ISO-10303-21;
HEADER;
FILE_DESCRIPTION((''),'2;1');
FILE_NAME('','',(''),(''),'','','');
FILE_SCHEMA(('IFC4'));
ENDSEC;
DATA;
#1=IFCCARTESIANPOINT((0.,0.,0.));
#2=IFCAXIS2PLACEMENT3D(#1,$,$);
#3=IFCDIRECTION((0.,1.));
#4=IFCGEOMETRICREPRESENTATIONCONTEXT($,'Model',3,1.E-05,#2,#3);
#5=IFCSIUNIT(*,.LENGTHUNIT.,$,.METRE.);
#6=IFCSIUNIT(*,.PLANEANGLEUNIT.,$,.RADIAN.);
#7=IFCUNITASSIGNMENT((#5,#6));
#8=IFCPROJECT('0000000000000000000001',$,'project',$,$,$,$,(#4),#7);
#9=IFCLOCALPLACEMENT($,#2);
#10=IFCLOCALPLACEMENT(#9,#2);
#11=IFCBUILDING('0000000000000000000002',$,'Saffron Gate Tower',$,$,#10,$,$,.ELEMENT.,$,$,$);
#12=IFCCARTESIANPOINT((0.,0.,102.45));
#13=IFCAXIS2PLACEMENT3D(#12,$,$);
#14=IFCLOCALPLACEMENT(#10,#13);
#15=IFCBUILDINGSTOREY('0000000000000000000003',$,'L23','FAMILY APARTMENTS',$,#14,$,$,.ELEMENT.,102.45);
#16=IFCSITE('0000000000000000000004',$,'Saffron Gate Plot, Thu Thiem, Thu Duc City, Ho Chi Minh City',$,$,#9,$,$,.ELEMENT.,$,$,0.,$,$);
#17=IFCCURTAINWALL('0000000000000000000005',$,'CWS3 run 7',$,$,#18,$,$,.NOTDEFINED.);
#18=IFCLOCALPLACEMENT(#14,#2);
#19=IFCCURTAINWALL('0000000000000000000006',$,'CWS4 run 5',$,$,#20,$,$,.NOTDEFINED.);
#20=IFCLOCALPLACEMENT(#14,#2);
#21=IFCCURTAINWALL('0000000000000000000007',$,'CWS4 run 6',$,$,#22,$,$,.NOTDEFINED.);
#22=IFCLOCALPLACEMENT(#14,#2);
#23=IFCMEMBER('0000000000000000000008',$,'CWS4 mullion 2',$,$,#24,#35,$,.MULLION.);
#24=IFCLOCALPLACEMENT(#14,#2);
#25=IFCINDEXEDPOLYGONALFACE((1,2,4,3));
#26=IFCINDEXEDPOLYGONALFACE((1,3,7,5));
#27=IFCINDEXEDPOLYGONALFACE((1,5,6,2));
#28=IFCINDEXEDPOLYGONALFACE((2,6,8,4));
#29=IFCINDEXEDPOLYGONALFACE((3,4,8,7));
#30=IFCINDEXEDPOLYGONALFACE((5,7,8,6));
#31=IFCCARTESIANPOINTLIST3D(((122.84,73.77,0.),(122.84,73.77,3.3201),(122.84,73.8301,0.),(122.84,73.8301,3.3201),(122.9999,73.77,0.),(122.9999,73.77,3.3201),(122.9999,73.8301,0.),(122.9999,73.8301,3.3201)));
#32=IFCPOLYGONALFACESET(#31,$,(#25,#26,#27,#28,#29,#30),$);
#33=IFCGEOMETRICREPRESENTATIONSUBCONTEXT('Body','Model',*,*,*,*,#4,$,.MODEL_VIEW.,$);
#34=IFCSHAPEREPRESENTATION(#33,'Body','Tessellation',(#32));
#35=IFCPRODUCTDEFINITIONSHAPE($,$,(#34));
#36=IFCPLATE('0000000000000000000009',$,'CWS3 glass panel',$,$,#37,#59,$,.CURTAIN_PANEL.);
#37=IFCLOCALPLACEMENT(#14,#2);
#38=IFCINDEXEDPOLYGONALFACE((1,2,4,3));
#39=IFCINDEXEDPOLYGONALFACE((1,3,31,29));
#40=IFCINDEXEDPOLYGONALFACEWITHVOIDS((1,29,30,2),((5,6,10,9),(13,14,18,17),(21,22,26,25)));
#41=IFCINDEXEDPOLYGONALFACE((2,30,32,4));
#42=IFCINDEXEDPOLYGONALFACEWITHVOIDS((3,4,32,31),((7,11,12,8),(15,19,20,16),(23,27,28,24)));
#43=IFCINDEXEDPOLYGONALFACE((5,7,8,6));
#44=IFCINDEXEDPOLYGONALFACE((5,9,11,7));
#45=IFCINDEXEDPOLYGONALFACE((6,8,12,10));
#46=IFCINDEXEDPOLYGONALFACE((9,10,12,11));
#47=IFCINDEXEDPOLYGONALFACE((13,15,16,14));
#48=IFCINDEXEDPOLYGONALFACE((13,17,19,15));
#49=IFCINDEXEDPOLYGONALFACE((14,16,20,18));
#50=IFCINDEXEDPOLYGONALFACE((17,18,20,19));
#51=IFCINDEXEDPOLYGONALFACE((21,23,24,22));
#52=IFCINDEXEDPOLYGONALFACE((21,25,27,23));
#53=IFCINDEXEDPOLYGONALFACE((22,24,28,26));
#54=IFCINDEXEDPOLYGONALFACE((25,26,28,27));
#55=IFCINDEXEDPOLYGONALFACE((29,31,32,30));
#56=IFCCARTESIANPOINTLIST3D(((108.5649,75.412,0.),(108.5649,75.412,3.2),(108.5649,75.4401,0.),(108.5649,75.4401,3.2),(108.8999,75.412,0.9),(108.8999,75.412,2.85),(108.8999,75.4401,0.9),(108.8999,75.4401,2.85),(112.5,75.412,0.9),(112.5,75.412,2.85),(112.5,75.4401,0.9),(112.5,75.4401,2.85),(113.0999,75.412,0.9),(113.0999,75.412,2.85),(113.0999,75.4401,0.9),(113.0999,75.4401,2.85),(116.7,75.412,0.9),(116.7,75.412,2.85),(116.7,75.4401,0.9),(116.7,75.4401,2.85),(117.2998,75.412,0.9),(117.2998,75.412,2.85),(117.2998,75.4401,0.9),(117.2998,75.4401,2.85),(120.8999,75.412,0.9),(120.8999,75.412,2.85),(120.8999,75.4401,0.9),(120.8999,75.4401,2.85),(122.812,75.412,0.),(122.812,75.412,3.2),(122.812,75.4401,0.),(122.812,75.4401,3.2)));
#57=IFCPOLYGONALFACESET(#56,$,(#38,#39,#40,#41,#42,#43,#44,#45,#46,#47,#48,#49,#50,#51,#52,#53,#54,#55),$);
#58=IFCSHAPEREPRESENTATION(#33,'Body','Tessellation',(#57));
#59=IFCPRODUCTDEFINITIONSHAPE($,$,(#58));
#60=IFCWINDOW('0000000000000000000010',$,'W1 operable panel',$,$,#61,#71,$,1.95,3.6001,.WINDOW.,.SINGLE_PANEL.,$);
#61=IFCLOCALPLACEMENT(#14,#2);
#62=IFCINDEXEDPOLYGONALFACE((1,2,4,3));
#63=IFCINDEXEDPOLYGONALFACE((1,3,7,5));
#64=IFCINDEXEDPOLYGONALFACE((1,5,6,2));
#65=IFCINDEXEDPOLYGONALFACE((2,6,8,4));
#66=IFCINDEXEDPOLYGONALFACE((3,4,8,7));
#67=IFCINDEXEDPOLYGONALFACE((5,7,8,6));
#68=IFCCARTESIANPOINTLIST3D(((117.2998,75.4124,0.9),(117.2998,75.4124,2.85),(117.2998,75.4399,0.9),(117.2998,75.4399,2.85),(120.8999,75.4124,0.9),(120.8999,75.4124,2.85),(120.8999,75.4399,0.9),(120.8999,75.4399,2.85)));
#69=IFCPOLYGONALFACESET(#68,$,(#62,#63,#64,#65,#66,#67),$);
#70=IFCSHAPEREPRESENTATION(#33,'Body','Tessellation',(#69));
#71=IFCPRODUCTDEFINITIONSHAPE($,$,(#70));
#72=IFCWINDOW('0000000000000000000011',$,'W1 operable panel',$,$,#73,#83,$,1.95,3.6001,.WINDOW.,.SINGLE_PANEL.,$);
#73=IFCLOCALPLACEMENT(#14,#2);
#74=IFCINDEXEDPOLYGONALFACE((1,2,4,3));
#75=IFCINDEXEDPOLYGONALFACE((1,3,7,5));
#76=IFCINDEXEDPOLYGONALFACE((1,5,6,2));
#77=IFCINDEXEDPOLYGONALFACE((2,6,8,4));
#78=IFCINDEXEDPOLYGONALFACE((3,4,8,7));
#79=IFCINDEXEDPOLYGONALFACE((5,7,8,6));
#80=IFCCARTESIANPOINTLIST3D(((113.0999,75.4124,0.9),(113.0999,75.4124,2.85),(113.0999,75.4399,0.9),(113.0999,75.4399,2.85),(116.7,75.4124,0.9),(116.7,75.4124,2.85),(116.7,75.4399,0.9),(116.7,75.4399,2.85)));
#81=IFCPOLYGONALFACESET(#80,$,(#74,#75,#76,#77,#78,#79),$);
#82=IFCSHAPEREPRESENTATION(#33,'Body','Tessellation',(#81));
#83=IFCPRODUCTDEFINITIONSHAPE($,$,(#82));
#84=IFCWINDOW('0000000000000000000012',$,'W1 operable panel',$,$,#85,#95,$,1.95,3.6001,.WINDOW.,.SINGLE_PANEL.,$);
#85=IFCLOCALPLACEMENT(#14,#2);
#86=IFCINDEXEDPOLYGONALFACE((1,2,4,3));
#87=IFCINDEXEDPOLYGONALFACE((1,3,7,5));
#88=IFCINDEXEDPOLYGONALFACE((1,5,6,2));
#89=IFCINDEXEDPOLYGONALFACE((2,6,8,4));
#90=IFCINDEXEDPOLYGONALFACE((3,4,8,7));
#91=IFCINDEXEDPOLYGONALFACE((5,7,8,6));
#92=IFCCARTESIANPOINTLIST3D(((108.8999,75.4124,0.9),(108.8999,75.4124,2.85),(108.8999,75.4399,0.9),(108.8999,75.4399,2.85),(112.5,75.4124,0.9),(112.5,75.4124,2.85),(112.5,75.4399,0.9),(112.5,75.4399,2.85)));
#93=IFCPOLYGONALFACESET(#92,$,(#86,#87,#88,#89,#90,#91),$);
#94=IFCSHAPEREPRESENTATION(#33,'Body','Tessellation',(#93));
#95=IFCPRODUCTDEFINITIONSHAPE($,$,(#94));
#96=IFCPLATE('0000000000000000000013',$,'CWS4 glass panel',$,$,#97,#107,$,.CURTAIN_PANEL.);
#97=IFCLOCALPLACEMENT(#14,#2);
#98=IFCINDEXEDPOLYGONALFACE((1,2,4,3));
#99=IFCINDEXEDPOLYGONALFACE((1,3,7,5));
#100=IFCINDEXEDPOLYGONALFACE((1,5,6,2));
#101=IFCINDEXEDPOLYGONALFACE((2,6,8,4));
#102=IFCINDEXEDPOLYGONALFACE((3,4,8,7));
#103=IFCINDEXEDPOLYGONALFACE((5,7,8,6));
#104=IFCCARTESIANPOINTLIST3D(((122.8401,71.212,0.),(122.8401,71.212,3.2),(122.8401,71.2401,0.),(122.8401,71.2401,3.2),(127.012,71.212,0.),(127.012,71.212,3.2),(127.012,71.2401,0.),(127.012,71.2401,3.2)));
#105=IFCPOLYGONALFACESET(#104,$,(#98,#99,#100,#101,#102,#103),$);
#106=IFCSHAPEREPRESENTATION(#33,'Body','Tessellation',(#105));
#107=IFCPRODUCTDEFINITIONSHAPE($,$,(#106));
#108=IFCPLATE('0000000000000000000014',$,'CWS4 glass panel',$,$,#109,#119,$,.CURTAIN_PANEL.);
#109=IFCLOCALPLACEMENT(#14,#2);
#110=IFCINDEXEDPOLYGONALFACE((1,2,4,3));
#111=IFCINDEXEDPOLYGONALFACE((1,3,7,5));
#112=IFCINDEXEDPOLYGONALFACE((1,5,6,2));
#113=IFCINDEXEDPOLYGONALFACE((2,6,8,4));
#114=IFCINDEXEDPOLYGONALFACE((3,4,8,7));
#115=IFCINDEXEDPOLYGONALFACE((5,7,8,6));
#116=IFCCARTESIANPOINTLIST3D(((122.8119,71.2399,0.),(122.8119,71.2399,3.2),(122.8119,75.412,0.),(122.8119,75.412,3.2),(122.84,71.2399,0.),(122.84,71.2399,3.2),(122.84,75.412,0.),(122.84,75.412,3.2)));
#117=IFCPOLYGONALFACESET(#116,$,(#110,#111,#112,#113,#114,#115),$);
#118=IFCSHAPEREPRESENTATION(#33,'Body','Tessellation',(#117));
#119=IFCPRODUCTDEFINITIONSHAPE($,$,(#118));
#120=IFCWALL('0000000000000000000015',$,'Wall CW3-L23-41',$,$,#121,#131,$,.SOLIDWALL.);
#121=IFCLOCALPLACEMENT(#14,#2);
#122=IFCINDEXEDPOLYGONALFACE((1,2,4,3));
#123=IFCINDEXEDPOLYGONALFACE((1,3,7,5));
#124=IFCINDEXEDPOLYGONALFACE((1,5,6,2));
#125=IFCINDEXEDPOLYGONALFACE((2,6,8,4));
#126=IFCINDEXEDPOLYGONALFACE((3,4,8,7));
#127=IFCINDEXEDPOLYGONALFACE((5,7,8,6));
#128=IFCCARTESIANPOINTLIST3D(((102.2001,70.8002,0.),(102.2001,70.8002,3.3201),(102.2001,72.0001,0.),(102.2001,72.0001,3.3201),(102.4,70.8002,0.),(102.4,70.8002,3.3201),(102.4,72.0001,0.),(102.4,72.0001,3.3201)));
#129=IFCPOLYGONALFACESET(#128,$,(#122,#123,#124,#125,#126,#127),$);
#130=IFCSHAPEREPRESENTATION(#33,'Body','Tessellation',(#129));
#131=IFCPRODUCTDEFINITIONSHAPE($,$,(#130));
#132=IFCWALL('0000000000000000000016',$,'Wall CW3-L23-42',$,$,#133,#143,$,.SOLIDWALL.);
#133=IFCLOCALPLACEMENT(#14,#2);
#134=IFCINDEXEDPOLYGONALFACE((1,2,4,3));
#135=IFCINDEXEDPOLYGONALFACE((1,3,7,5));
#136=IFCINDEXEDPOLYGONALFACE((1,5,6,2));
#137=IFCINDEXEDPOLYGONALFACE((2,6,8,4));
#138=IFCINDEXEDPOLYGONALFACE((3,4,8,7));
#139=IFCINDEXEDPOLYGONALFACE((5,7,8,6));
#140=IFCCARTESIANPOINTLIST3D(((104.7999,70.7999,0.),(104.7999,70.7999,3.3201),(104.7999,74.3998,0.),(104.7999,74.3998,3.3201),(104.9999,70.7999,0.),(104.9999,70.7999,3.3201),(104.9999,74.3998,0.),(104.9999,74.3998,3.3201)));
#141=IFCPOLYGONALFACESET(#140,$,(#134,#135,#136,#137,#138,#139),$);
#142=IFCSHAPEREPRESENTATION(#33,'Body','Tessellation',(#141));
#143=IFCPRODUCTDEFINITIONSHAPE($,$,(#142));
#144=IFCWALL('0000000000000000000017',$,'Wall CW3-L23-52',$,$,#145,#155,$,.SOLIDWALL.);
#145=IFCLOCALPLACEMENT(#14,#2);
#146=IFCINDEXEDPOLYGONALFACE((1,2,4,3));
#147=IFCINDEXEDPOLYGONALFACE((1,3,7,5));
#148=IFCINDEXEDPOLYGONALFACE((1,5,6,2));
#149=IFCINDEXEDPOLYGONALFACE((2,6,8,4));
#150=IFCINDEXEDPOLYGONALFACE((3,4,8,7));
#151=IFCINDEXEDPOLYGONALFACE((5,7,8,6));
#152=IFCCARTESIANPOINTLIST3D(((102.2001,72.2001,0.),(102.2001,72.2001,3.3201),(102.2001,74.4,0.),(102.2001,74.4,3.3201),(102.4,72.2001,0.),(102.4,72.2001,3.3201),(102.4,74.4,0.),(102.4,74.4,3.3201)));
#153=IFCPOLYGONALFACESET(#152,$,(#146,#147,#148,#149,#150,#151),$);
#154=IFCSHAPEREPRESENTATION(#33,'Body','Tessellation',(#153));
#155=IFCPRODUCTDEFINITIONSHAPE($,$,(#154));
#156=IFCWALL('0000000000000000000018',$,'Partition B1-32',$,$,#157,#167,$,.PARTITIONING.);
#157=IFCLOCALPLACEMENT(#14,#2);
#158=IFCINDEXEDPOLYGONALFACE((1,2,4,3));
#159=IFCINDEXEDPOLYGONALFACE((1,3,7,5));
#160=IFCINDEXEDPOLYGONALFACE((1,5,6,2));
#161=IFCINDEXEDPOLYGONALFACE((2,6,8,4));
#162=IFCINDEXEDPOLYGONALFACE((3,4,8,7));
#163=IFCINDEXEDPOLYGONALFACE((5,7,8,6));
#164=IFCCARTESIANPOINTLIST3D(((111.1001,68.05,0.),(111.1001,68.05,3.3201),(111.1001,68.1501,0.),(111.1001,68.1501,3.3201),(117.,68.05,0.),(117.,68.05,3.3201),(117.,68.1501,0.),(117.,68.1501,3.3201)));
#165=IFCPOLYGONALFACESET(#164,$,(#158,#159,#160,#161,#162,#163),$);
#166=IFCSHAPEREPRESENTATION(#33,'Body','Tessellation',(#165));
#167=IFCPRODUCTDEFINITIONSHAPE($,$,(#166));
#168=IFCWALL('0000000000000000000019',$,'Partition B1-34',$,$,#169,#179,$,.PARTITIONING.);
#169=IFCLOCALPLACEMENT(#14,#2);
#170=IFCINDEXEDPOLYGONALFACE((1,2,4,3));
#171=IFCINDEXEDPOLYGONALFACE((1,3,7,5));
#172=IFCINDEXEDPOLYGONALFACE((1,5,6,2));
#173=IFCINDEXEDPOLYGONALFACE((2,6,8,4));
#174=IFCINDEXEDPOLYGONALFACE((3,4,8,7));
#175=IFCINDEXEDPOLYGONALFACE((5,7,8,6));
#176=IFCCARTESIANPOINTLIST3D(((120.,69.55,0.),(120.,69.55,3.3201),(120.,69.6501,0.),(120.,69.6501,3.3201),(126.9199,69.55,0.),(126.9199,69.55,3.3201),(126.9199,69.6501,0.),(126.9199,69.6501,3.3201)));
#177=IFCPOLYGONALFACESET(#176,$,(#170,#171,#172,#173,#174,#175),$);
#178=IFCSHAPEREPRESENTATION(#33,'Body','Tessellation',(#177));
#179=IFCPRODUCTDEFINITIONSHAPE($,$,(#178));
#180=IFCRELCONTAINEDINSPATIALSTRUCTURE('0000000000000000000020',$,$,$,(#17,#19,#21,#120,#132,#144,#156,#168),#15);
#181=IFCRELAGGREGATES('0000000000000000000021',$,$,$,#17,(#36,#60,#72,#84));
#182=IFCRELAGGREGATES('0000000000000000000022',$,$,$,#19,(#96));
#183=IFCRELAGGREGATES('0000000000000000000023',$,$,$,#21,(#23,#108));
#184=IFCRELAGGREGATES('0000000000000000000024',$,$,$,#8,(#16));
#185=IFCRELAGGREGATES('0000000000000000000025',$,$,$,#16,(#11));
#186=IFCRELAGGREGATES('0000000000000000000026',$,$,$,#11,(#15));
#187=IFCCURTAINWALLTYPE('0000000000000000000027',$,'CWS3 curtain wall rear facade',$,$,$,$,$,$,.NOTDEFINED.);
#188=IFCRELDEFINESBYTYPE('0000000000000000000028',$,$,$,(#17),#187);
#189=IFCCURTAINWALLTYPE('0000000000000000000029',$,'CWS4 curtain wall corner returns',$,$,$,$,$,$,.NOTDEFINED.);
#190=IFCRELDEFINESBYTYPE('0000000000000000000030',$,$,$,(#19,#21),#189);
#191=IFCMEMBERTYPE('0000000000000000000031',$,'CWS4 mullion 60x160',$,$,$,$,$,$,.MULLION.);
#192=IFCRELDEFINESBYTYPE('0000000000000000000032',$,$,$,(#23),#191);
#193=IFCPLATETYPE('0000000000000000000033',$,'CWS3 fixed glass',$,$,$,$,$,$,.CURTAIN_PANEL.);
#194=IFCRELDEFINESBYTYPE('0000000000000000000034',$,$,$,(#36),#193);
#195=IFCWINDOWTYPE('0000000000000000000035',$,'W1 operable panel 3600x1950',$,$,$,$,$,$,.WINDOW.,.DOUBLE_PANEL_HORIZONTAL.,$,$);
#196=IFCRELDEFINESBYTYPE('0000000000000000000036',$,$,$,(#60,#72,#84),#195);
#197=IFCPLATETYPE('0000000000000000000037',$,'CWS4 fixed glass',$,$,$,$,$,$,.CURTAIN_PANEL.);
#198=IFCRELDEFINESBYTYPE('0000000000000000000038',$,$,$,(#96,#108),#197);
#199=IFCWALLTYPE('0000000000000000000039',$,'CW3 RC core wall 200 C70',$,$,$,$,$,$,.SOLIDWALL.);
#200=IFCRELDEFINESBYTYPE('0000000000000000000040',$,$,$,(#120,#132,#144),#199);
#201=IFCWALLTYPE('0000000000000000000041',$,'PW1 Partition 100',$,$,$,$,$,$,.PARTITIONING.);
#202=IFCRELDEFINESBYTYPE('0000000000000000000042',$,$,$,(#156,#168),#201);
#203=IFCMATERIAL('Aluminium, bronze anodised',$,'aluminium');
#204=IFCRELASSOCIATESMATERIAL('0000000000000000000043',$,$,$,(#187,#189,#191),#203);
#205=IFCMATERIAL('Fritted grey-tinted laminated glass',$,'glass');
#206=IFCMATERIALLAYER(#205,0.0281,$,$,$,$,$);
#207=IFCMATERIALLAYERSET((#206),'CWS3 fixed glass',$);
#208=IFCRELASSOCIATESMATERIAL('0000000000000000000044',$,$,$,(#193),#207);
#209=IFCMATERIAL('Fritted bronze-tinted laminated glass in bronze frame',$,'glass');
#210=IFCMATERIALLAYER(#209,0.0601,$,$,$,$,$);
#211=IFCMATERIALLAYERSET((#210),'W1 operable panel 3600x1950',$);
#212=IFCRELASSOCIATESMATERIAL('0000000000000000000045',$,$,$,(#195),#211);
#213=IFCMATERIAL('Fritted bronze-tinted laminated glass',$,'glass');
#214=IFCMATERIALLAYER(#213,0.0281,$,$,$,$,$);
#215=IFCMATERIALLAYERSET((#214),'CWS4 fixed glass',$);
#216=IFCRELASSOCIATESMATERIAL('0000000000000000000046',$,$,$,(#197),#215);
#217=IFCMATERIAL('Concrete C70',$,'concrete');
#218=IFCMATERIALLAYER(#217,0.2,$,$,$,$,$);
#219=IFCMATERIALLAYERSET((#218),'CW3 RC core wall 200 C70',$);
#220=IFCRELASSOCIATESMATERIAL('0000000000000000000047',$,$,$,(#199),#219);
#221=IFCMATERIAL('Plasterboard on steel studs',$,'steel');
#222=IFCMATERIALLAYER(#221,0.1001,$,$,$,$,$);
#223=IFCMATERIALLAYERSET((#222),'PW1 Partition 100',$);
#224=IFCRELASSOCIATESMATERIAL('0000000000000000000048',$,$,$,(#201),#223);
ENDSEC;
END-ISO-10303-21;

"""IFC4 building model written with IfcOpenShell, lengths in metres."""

from ifc_helpers import new_model, si_unit, direction, frame, frame_2d, origin, origin_2d, place, context, subcontext, project, spatial, rectangle, extrude, material, layer, layer_set, material_profile, profile_set, type_object, element, fill, aggregate, save


model = new_model("IFC4")

# Units and contexts
model_context = context("Model", 3, precision=1e-05, world=origin(), true_north=direction((0.0, 1.0)))
body_context = subcontext(model_context, "Body", "Model", "MODEL_VIEW")
ifc_project = project(units=[si_unit("LENGTHUNIT", "METRE"), si_unit("PLANEANGLEUNIT", "RADIAN")], contexts=[model_context])

# Site, building, storey
site_placement = place(None, origin())
site = spatial("IfcSite", under=ifc_project, at=site_placement, Name="Saffron Gate Plot, Thu Thiem, Thu Duc City, Ho Chi Minh City", CompositionType="ELEMENT", RefElevation=0.0)
building_placement = place(site_placement, origin())
building = spatial("IfcBuilding", under=site, at=building_placement, Name="Saffron Gate Tower", CompositionType="ELEMENT")
storey_placement = place(building_placement, frame((0.0, 0.0, 102.45)))
storey = spatial("IfcBuildingStorey", under=building, at=storey_placement, Name="L23", Description="FAMILY APARTMENTS", CompositionType="ELEMENT", Elevation=102.45)

# Curtain wall
ifc_material_1 = material(Name="Aluminium, bronze anodised", Category="aluminium")
curtain_wall_type_1 = type_object("IfcCurtainWallType", Name="CWS3 curtain wall rear facade", PredefinedType="NOTDEFINED", material=ifc_material_1)
curtain_wall_1_placement = place(storey_placement, origin())
curtain_wall_1 = element("IfcCurtainWall", 1, at=curtain_wall_1_placement, inside=storey, type_object=curtain_wall_type_1, Name="CWS3 run 7", PredefinedType="NOTDEFINED")

# Curtain walls
curtain_wall_type_2 = type_object("IfcCurtainWallType", Name="CWS4 curtain wall corner returns", PredefinedType="NOTDEFINED", material=ifc_material_1)
curtain_wall_2_placement = place(storey_placement, origin())
curtain_wall_2 = element("IfcCurtainWall", 2, at=curtain_wall_2_placement, inside=storey, type_object=curtain_wall_type_2, Name="CWS4 run 5", PredefinedType="NOTDEFINED")
curtain_wall_3_placement = place(storey_placement, origin())
curtain_wall_3 = element("IfcCurtainWall", 3, at=curtain_wall_3_placement, inside=storey, type_object=curtain_wall_type_2, Name="CWS4 run 6", PredefinedType="NOTDEFINED")

# Member
ifc_material_profile_1 = material_profile(ifc_material_1, rectangle(XDim=0.1599, YDim=0.0601, at=origin_2d()))
ifc_profile_set_1 = profile_set([ifc_material_profile_1], Name="Aluminium, bronze anodised")
member_type_1 = type_object("IfcMemberType", Name="CWS4 mullion 60x160", PredefinedType="MULLION", material=ifc_profile_set_1)
member_1_placement = place(storey_placement, frame((122.9199, 73.8, 0.0), z_axis=(0.0, 0.0, 1.0), x_axis=(-1.0, 0.0, 0.0)))
member_1 = element("IfcMember", 4, at=member_1_placement, type_object=member_type_1, Name="CWS4 mullion 2", PredefinedType="MULLION", context=body_context, shape_type="SweptSolid", body=[
    extrude(rectangle(XDim=0.1599, YDim=0.0601, at=origin_2d()), origin(), (0.0, 0.0, 1.0), 3.3201),
])

# Plate, openings, windows
ifc_material_2 = material(Name="Fritted grey-tinted laminated glass", Category="glass")
ifc_layer_1 = layer(ifc_material_2, 0.0281)
ifc_layer_set_1 = layer_set([ifc_layer_1], Name="CWS3 fixed glass")
plate_type_1 = type_object("IfcPlateType", Name="CWS3 fixed glass", PredefinedType="CURTAIN_PANEL", material=ifc_layer_set_1)
plate_1_placement = place(storey_placement, frame((122.812, 75.426, 0.0), z_axis=(0.0, 0.0, 1.0), x_axis=(-1.0, 0.0, 0.0)))
plate_1 = element("IfcPlate", 5, at=plate_1_placement, type_object=plate_type_1, Name="CWS3 glass panel", PredefinedType="CURTAIN_PANEL", context=body_context, shape_type="SweptSolid", body=[
    extrude(rectangle(XDim=14.2471, YDim=0.0281, at=frame_2d((7.1235, 0.0))), origin(), (0.0, 0.0, 1.0), 3.2),
])
opening_1_placement = place(plate_1_placement, frame((1.9121, 0.0, 0.8999)))
opening_1 = element("IfcOpeningElement", 6, at=opening_1_placement, cuts=plate_1, PredefinedType="OPENING", context=body_context, shape_type="SweptSolid", body=[
    extrude(rectangle(XDim=3.6001, YDim=1.95, at=frame_2d((1.8, 0.9751))), frame((0.0, 0.0239, 0.0), z_axis=(0.0, -1.0, 0.0), x_axis=(1.0, 0.0, 0.0)), (0.0, 0.0, 1.0), 0.0481),
])
opening_2_placement = place(plate_1_placement, frame((6.1121, 0.0, 0.8999)))
opening_2 = element("IfcOpeningElement", 7, at=opening_2_placement, cuts=plate_1, PredefinedType="OPENING", context=body_context, shape_type="SweptSolid", body=[
    extrude(rectangle(XDim=3.6001, YDim=1.95, at=frame_2d((1.8, 0.9751))), frame((0.0, 0.0239, 0.0), z_axis=(0.0, -1.0, 0.0), x_axis=(1.0, 0.0, 0.0)), (0.0, 0.0, 1.0), 0.0481),
])
opening_3_placement = place(plate_1_placement, frame((10.312, 0.0, 0.8999)))
opening_3 = element("IfcOpeningElement", 8, at=opening_3_placement, cuts=plate_1, PredefinedType="OPENING", context=body_context, shape_type="SweptSolid", body=[
    extrude(rectangle(XDim=3.6001, YDim=1.95, at=frame_2d((1.8, 0.9751))), frame((0.0, 0.0239, 0.0), z_axis=(0.0, -1.0, 0.0), x_axis=(1.0, 0.0, 0.0)), (0.0, 0.0, 1.0), 0.0481),
])
ifc_material_3 = material(Name="Fritted bronze-tinted laminated glass in bronze frame", Category="glass")
ifc_layer_2 = layer(ifc_material_3, 0.0601)
ifc_layer_set_2 = layer_set([ifc_layer_2], Name="W1 operable panel 3600x1950")
window_type = type_object("IfcWindowType", Name="W1 operable panel 3600x1950", PartitioningType="DOUBLE_PANEL_HORIZONTAL", PredefinedType="WINDOW", material=ifc_layer_set_2)
window_1_placement = place(opening_1_placement, origin())
window_1 = element("IfcWindow", 9, at=window_1_placement, type_object=window_type, Name="W1 operable panel", OverallHeight=1.95, OverallWidth=3.6001, PartitioningType="SINGLE_PANEL", PredefinedType="WINDOW", context=body_context, shape_type="SweptSolid", body=[
    extrude(rectangle(XDim=3.6001, YDim=1.95, at=frame_2d((1.8, 0.9751))), frame((0.0, 0.0137, 0.0), z_axis=(0.0, -1.0, 0.0), x_axis=(1.0, 0.0, 0.0)), (0.0, 0.0, 1.0), 0.0276),
])
fill(opening_1, window_1)
window_2_placement = place(opening_2_placement, origin())
window_2 = element("IfcWindow", 10, at=window_2_placement, type_object=window_type, Name="W1 operable panel", OverallHeight=1.95, OverallWidth=3.6001, PartitioningType="SINGLE_PANEL", PredefinedType="WINDOW", context=body_context, shape_type="SweptSolid", body=[
    extrude(rectangle(XDim=3.6001, YDim=1.95, at=frame_2d((1.8, 0.9751))), frame((0.0, 0.0137, 0.0), z_axis=(0.0, -1.0, 0.0), x_axis=(1.0, 0.0, 0.0)), (0.0, 0.0, 1.0), 0.0276),
])
fill(opening_2, window_2)
window_3_placement = place(opening_3_placement, origin())
window_3 = element("IfcWindow", 11, at=window_3_placement, type_object=window_type, Name="W1 operable panel", OverallHeight=1.95, OverallWidth=3.6001, PartitioningType="SINGLE_PANEL", PredefinedType="WINDOW", context=body_context, shape_type="SweptSolid", body=[
    extrude(rectangle(XDim=3.6001, YDim=1.95, at=frame_2d((1.8, 0.9751))), frame((0.0, 0.0137, 0.0), z_axis=(0.0, -1.0, 0.0), x_axis=(1.0, 0.0, 0.0)), (0.0, 0.0, 1.0), 0.0276),
])
fill(opening_3, window_3)
aggregate(curtain_wall_1, [plate_1, window_1, window_2, window_3])

# Plates
ifc_material_4 = material(Name="Fritted bronze-tinted laminated glass", Category="glass")
ifc_layer_3 = layer(ifc_material_4, 0.0281)
ifc_layer_set_3 = layer_set([ifc_layer_3], Name="CWS4 fixed glass")
plate_type_2 = type_object("IfcPlateType", Name="CWS4 fixed glass", PredefinedType="CURTAIN_PANEL", material=ifc_layer_set_3)
plate_2_placement = place(storey_placement, frame((127.012, 71.2261, 0.0), z_axis=(0.0, 0.0, 1.0), x_axis=(-1.0, 0.0, 0.0)))
plate_2 = element("IfcPlate", 12, at=plate_2_placement, type_object=plate_type_2, Name="CWS4 glass panel", PredefinedType="CURTAIN_PANEL", context=body_context, shape_type="SweptSolid", body=[
    extrude(rectangle(XDim=4.1719, YDim=0.0281, at=frame_2d((2.0859, 0.0))), origin(), (0.0, 0.0, 1.0), 3.2),
])
aggregate(curtain_wall_2, [plate_2])
plate_3_placement = place(storey_placement, frame((122.8259, 71.24, 0.0), z_axis=(0.0, 0.0, 1.0), x_axis=(0.0, 1.0, 0.0)))
plate_3 = element("IfcPlate", 13, at=plate_3_placement, type_object=plate_type_2, Name="CWS4 glass panel", PredefinedType="CURTAIN_PANEL", context=body_context, shape_type="SweptSolid", body=[
    extrude(rectangle(XDim=4.1721, YDim=0.0281, at=frame_2d((2.0859, 0.0))), origin(), (0.0, 0.0, 1.0), 3.2),
])
aggregate(curtain_wall_3, [member_1, plate_3])

# Walls
ifc_material_5 = material(Name="Concrete C70", Category="concrete")
ifc_layer_4 = layer(ifc_material_5, 0.2)
ifc_layer_set_4 = layer_set([ifc_layer_4], Name="CW3 RC core wall 200 C70")
wall_type_1 = type_object("IfcWallType", Name="CW3 RC core wall 200 C70", PredefinedType="SOLIDWALL", material=ifc_layer_set_4)
wall_1_placement = place(storey_placement, frame((102.3, 70.8, 0.0), z_axis=(0.0, 0.0, 1.0), x_axis=(0.0, 1.0, 0.0)))
element("IfcWall", 14, at=wall_1_placement, inside=storey, type_object=wall_type_1, Name="Wall CW3-L23-41", PredefinedType="SOLIDWALL", context=body_context, shape_type="SweptSolid", body=[
    extrude(rectangle(XDim=1.2, YDim=0.2, at=frame_2d((0.6001, 0.0))), origin(), (0.0, 0.0, 1.0), 3.3201),
])
wall_2_placement = place(storey_placement, frame((104.8999, 70.8, 0.0), z_axis=(0.0, 0.0, 1.0), x_axis=(0.0, 1.0, 0.0)))
element("IfcWall", 15, at=wall_2_placement, inside=storey, type_object=wall_type_1, Name="Wall CW3-L23-42", PredefinedType="SOLIDWALL", context=body_context, shape_type="SweptSolid", body=[
    extrude(rectangle(XDim=3.5999, YDim=0.2, at=frame_2d((1.7998, 0.0))), origin(), (0.0, 0.0, 1.0), 3.3201),
])
wall_3_placement = place(storey_placement, frame((102.3, 72.2, 0.0), z_axis=(0.0, 0.0, 1.0), x_axis=(0.0, 1.0, 0.0)))
element("IfcWall", 16, at=wall_3_placement, inside=storey, type_object=wall_type_1, Name="Wall CW3-L23-52", PredefinedType="SOLIDWALL", context=body_context, shape_type="SweptSolid", body=[
    extrude(rectangle(XDim=2.2, YDim=0.2, at=frame_2d((1.1001, 0.0))), origin(), (0.0, 0.0, 1.0), 3.3201),
])
ifc_material_6 = material(Name="Plasterboard on steel studs", Category="steel")
ifc_layer_5 = layer(ifc_material_6, 0.1001)
ifc_layer_set_5 = layer_set([ifc_layer_5], Name="PW1 Partition 100")
wall_type_2 = type_object("IfcWallType", Name="PW1 Partition 100", PredefinedType="PARTITIONING", material=ifc_layer_set_5)
wall_4_placement = place(storey_placement, frame((111.1001, 68.1001, 0.0), z_axis=(0.0, 0.0, 1.0), x_axis=(1.0, 0.0, 0.0)))
element("IfcWall", 17, at=wall_4_placement, inside=storey, type_object=wall_type_2, Name="Partition B1-32", PredefinedType="PARTITIONING", context=body_context, shape_type="SweptSolid", body=[
    extrude(rectangle(XDim=5.8999, YDim=0.1001, at=frame_2d((2.95, 0.0))), origin(), (0.0, 0.0, 1.0), 3.3201),
])
wall_5_placement = place(storey_placement, frame((120.0, 69.6001, 0.0), z_axis=(0.0, 0.0, 1.0), x_axis=(1.0, 0.0, 0.0)))
element("IfcWall", 18, at=wall_5_placement, inside=storey, type_object=wall_type_2, Name="Partition B1-34", PredefinedType="PARTITIONING", context=body_context, shape_type="SweptSolid", body=[
    extrude(rectangle(XDim=6.9199, YDim=0.1001, at=frame_2d((3.46, 0.0))), origin(), (0.0, 0.0, 1.0), 3.3201),
])

save(model, "model.ifc")
